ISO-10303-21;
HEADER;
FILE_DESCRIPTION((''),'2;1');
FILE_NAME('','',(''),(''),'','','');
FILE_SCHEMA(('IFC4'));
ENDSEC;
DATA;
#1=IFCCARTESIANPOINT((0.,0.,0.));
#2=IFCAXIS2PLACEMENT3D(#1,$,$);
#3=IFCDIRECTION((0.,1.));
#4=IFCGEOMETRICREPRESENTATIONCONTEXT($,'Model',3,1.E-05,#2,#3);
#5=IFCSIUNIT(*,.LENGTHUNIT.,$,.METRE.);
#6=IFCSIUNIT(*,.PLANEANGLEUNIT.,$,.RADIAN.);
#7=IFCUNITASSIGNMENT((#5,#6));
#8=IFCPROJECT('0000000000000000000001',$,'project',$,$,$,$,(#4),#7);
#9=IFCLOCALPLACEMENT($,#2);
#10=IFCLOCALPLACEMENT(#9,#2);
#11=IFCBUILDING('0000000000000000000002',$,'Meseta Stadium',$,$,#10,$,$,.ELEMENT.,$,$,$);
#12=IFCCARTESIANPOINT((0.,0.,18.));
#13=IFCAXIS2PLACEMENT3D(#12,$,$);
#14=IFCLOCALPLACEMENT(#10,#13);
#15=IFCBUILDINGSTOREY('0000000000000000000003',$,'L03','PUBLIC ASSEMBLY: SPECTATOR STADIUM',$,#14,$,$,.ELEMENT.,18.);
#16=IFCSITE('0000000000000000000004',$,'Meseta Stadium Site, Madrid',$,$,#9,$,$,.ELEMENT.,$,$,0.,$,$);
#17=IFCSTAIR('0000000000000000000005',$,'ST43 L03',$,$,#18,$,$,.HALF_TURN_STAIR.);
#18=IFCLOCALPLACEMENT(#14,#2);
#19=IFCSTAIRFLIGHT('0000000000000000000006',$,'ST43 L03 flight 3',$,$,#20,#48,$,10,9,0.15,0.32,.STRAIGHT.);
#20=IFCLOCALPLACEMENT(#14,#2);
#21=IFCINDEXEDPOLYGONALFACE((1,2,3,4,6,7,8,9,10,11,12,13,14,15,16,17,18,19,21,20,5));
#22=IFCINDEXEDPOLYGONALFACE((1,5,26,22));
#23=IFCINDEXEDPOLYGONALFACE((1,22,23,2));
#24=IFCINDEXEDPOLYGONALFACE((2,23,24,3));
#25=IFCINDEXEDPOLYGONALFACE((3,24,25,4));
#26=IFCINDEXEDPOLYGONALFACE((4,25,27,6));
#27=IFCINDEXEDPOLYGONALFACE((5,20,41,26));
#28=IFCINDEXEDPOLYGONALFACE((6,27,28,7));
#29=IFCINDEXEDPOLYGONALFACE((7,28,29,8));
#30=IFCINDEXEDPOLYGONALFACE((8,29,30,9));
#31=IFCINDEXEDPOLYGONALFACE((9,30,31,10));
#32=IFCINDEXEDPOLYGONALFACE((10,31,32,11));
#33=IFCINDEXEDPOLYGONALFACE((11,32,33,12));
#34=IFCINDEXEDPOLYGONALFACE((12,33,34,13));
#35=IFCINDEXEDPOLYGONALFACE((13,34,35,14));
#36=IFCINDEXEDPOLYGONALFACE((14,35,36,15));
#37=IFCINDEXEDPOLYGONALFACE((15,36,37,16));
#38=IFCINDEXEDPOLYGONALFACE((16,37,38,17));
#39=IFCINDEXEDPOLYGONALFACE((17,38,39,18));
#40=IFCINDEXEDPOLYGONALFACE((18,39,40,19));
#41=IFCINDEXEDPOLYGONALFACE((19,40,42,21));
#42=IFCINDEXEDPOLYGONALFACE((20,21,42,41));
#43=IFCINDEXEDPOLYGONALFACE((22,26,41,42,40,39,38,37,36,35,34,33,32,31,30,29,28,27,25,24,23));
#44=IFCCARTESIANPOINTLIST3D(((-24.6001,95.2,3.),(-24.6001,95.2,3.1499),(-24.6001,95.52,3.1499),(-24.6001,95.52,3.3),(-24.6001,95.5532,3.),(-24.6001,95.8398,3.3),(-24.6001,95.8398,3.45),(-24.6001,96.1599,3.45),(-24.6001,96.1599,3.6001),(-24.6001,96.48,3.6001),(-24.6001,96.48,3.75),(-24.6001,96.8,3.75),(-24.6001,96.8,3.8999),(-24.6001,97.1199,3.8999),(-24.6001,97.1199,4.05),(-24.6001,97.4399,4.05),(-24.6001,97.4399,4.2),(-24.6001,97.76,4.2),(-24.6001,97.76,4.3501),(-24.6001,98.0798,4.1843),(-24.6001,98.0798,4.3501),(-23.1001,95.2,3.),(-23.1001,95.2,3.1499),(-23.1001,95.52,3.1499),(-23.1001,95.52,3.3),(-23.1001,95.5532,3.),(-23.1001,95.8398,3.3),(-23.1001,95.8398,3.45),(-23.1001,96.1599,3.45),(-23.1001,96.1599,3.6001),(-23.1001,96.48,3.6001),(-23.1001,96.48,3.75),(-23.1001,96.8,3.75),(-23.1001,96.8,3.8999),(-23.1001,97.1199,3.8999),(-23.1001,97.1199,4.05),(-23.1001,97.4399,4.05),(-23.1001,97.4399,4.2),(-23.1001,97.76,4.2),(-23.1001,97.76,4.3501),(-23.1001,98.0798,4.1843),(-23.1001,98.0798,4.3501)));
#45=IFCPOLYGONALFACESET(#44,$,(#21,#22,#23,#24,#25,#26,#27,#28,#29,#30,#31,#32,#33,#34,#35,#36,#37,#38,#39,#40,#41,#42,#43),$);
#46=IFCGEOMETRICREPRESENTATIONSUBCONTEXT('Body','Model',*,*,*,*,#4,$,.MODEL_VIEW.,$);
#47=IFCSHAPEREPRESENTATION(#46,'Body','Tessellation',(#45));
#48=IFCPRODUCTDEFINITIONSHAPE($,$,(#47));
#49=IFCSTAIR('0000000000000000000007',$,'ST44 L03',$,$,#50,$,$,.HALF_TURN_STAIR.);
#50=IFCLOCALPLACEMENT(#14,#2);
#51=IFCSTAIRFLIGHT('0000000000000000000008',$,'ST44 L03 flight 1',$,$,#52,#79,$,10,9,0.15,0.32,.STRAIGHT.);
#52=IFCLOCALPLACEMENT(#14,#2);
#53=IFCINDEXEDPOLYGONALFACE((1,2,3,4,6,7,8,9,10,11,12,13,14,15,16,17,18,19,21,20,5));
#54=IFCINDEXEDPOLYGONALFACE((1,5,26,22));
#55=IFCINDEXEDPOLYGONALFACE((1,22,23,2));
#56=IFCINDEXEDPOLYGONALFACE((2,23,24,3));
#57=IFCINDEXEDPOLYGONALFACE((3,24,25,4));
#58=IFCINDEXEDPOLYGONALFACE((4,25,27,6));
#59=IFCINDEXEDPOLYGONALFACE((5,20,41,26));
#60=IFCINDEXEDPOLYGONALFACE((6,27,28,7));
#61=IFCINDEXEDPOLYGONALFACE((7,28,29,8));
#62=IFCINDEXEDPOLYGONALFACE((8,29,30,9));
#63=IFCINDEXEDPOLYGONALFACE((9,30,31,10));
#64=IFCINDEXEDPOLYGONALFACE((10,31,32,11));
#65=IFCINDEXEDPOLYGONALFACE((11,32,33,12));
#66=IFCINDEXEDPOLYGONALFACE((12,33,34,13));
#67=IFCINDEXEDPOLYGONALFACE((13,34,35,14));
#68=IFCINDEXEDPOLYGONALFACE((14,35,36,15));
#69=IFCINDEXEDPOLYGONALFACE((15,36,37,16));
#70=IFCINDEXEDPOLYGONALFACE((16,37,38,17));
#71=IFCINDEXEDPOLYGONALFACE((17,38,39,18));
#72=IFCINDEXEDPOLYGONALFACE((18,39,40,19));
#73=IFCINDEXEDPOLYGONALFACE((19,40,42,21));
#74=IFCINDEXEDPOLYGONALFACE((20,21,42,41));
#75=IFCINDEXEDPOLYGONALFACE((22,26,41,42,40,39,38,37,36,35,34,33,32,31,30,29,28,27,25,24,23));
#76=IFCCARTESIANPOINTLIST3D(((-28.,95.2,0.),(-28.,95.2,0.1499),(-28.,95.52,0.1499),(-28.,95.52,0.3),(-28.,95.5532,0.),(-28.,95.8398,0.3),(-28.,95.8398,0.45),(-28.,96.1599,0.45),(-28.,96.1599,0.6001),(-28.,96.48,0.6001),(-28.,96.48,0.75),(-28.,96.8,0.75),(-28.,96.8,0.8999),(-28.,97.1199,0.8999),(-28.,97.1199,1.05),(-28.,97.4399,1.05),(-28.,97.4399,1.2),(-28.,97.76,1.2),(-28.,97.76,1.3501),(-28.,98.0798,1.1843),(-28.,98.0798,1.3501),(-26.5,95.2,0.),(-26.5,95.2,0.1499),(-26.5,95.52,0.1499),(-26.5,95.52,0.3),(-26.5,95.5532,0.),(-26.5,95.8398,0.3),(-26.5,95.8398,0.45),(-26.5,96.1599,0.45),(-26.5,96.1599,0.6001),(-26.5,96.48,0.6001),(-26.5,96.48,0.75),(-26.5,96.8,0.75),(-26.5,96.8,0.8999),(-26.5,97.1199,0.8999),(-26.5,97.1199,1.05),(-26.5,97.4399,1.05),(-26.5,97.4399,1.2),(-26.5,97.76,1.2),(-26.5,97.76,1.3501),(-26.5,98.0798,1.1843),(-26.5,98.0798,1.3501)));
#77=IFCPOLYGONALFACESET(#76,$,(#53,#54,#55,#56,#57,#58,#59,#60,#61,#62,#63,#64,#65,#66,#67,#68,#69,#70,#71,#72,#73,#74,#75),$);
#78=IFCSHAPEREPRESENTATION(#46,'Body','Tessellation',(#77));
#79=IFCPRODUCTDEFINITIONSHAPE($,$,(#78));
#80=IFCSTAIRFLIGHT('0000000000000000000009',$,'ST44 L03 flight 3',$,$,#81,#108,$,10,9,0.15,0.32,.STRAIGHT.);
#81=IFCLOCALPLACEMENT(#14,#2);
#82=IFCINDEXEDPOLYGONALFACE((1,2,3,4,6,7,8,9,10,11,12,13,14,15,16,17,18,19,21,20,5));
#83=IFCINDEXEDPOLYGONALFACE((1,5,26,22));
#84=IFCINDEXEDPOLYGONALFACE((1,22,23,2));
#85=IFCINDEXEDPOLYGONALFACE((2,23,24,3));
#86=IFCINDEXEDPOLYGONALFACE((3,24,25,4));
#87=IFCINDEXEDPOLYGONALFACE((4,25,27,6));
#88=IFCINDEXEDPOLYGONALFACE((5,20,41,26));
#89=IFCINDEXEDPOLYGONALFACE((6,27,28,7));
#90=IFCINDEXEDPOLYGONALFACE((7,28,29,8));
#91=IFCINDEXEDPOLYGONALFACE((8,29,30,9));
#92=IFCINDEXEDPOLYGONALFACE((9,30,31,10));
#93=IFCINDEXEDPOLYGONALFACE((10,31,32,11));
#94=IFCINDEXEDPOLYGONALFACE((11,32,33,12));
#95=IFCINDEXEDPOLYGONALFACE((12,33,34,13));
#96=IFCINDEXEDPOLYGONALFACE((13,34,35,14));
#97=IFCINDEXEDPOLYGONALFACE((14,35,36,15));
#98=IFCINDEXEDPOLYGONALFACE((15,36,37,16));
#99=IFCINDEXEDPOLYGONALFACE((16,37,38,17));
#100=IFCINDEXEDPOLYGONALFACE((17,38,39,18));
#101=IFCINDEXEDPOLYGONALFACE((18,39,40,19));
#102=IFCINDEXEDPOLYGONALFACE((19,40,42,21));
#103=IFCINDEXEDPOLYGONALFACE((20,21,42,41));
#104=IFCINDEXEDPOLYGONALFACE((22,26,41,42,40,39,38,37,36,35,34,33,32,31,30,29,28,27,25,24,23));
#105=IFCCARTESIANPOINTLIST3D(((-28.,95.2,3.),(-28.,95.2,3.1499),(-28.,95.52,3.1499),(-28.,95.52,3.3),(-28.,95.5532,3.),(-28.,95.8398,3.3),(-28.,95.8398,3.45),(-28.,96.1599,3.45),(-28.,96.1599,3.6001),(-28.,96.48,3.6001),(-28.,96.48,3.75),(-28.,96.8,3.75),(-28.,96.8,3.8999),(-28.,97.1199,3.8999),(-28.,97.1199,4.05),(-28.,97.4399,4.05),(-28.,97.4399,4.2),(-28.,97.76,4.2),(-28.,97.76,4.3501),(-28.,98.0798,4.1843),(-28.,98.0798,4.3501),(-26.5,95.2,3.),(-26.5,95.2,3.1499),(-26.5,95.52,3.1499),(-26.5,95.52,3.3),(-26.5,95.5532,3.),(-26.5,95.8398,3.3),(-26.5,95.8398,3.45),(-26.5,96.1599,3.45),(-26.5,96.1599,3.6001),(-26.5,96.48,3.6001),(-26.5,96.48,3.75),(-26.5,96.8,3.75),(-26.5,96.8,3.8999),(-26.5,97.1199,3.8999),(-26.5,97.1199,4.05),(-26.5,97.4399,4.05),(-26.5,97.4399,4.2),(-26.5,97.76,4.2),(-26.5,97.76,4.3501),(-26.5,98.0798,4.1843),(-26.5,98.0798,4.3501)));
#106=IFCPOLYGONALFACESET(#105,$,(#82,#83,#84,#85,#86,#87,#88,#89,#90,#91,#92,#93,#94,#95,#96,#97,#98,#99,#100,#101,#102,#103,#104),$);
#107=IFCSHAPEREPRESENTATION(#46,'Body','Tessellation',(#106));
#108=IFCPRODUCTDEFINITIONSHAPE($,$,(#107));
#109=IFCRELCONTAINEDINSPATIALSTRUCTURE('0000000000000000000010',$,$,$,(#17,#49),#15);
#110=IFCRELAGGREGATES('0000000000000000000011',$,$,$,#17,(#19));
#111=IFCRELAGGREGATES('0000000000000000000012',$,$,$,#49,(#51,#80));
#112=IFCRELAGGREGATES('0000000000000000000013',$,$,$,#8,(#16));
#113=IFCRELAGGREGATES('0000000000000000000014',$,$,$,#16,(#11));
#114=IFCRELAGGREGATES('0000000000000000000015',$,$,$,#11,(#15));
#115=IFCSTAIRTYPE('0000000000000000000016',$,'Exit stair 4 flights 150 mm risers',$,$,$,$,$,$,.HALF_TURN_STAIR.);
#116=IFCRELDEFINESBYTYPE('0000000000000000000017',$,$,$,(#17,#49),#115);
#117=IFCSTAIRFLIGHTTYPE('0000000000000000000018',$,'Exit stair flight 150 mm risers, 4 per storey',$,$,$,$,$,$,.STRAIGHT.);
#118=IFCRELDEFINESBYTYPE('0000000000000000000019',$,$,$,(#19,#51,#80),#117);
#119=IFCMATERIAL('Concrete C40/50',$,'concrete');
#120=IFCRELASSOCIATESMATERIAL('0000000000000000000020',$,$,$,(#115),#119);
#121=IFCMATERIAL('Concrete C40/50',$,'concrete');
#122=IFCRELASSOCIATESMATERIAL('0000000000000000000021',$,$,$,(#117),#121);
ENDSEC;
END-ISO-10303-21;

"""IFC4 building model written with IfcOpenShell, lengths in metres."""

from ifc_helpers import new_model, si_unit, direction, frame, origin, place, context, subcontext, project, spatial, polyline, outline, extrude, material, type_object, element, aggregate, save


model = new_model("IFC4")

# Units and contexts
model_context = context("Model", 3, precision=1e-05, world=origin(), true_north=direction((0.0, 1.0)))
body_context = subcontext(model_context, "Body", "Model", "MODEL_VIEW")
ifc_project = project(units=[si_unit("LENGTHUNIT", "METRE"), si_unit("PLANEANGLEUNIT", "RADIAN")], contexts=[model_context])

# Site, building, storey
site_placement = place(None, origin())
site = spatial("IfcSite", under=ifc_project, at=site_placement, Name="Meseta Stadium Site, Madrid", CompositionType="ELEMENT", RefElevation=0.0)
building_placement = place(site_placement, origin())
building = spatial("IfcBuilding", under=site, at=building_placement, Name="Meseta Stadium", CompositionType="ELEMENT")
storey_placement = place(building_placement, frame((0.0, 0.0, 18.0)))
storey = spatial("IfcBuildingStorey", under=building, at=storey_placement, Name="L03", Description="PUBLIC ASSEMBLY: SPECTATOR STADIUM", CompositionType="ELEMENT", Elevation=18.0)

# Stairs, stair flights
ifc_material_1 = material(Name="Concrete C40/50", Category="concrete")
stair_type = type_object("IfcStairType", Name="Exit stair 4 flights 150 mm risers", PredefinedType="HALF_TURN_STAIR", material=ifc_material_1)
stair_1_placement = place(storey_placement, origin())
stair_1 = element("IfcStair", 1, at=stair_1_placement, inside=storey, type_object=stair_type, Name="ST43 L03", PredefinedType="HALF_TURN_STAIR")
ifc_material_2 = material(Name="Concrete C40/50", Category="concrete")
stair_flight_type = type_object("IfcStairFlightType", Name="Exit stair flight 150 mm risers, 4 per storey", PredefinedType="STRAIGHT", material=ifc_material_2)
stair_flight_1_placement = place(storey_placement, frame((-23.8501, 95.2, 3.0), z_axis=(0.0, 0.0, 1.0), x_axis=(0.0, 1.0, 0.0)))
stair_flight_1 = element("IfcStairFlight", 2, at=stair_flight_1_placement, type_object=stair_flight_type, Name="ST43 L03 flight 3", NumberOfRisers=10, NumberOfTreads=9, PredefinedType="STRAIGHT", RiserHeight=0.15, TreadLength=0.32, context=body_context, shape_type="SweptSolid", body=[
    extrude(outline(polyline([(0.0, 0.0), (0.0, 0.1499), (0.3201, 0.1499), (0.3201, 0.3), (0.6399, 0.3), (0.6399, 0.45), (0.96, 0.45), (0.96, 0.6001), (1.28, 0.6001), (1.28, 0.75), (1.6001, 0.75), (1.6001, 0.8999), (1.9199, 0.8999), (1.9199, 1.05), (2.24, 1.05), (2.24, 1.2), (2.5601, 1.2), (2.5601, 1.3501), (2.8799, 1.3501), (2.8799, 1.1843), (0.3533, 0.0), (0.0, 0.0)])), frame((0.0, 0.75, 0.0), z_axis=(0.0, -1.0, 0.0), x_axis=(1.0, 0.0, 0.0)), (0.0, 0.0, 1.0), 1.5),
])
aggregate(stair_1, [stair_flight_1])
stair_2_placement = place(storey_placement, origin())
stair_2 = element("IfcStair", 3, at=stair_2_placement, inside=storey, type_object=stair_type, Name="ST44 L03", PredefinedType="HALF_TURN_STAIR")
stair_flight_2_placement = place(storey_placement, frame((-27.25, 95.2, 0.0), z_axis=(0.0, 0.0, 1.0), x_axis=(0.0, 1.0, 0.0)))
stair_flight_2 = element("IfcStairFlight", 4, at=stair_flight_2_placement, type_object=stair_flight_type, Name="ST44 L03 flight 1", NumberOfRisers=10, NumberOfTreads=9, PredefinedType="STRAIGHT", RiserHeight=0.15, TreadLength=0.32, context=body_context, shape_type="SweptSolid", body=[
    extrude(outline(polyline([(0.0, 0.0), (0.0, 0.1499), (0.3201, 0.1499), (0.3201, 0.3), (0.6399, 0.3), (0.6399, 0.45), (0.96, 0.45), (0.96, 0.6001), (1.28, 0.6001), (1.28, 0.75), (1.6001, 0.75), (1.6001, 0.8999), (1.9199, 0.8999), (1.9199, 1.05), (2.24, 1.05), (2.24, 1.2), (2.5601, 1.2), (2.5601, 1.3501), (2.8799, 1.3501), (2.8799, 1.1843), (0.3533, 0.0), (0.0, 0.0)])), frame((0.0, 0.75, 0.0), z_axis=(0.0, -1.0, 0.0), x_axis=(1.0, 0.0, 0.0)), (0.0, 0.0, 1.0), 1.5),
])
stair_flight_3_placement = place(storey_placement, frame((-27.25, 95.2, 3.0), z_axis=(0.0, 0.0, 1.0), x_axis=(0.0, 1.0, 0.0)))
stair_flight_3 = element("IfcStairFlight", 5, at=stair_flight_3_placement, type_object=stair_flight_type, Name="ST44 L03 flight 3", NumberOfRisers=10, NumberOfTreads=9, PredefinedType="STRAIGHT", RiserHeight=0.15, TreadLength=0.32, context=body_context, shape_type="SweptSolid", body=[
    extrude(outline(polyline([(0.0, 0.0), (0.0, 0.1499), (0.3201, 0.1499), (0.3201, 0.3), (0.6399, 0.3), (0.6399, 0.45), (0.96, 0.45), (0.96, 0.6001), (1.28, 0.6001), (1.28, 0.75), (1.6001, 0.75), (1.6001, 0.8999), (1.9199, 0.8999), (1.9199, 1.05), (2.24, 1.05), (2.24, 1.2), (2.5601, 1.2), (2.5601, 1.3501), (2.8799, 1.3501), (2.8799, 1.1843), (0.3533, 0.0), (0.0, 0.0)])), frame((0.0, 0.75, 0.0), z_axis=(0.0, -1.0, 0.0), x_axis=(1.0, 0.0, 0.0)), (0.0, 0.0, 1.0), 1.5),
])
aggregate(stair_2, [stair_flight_2, stair_flight_3])

save(model, "model.ifc")
